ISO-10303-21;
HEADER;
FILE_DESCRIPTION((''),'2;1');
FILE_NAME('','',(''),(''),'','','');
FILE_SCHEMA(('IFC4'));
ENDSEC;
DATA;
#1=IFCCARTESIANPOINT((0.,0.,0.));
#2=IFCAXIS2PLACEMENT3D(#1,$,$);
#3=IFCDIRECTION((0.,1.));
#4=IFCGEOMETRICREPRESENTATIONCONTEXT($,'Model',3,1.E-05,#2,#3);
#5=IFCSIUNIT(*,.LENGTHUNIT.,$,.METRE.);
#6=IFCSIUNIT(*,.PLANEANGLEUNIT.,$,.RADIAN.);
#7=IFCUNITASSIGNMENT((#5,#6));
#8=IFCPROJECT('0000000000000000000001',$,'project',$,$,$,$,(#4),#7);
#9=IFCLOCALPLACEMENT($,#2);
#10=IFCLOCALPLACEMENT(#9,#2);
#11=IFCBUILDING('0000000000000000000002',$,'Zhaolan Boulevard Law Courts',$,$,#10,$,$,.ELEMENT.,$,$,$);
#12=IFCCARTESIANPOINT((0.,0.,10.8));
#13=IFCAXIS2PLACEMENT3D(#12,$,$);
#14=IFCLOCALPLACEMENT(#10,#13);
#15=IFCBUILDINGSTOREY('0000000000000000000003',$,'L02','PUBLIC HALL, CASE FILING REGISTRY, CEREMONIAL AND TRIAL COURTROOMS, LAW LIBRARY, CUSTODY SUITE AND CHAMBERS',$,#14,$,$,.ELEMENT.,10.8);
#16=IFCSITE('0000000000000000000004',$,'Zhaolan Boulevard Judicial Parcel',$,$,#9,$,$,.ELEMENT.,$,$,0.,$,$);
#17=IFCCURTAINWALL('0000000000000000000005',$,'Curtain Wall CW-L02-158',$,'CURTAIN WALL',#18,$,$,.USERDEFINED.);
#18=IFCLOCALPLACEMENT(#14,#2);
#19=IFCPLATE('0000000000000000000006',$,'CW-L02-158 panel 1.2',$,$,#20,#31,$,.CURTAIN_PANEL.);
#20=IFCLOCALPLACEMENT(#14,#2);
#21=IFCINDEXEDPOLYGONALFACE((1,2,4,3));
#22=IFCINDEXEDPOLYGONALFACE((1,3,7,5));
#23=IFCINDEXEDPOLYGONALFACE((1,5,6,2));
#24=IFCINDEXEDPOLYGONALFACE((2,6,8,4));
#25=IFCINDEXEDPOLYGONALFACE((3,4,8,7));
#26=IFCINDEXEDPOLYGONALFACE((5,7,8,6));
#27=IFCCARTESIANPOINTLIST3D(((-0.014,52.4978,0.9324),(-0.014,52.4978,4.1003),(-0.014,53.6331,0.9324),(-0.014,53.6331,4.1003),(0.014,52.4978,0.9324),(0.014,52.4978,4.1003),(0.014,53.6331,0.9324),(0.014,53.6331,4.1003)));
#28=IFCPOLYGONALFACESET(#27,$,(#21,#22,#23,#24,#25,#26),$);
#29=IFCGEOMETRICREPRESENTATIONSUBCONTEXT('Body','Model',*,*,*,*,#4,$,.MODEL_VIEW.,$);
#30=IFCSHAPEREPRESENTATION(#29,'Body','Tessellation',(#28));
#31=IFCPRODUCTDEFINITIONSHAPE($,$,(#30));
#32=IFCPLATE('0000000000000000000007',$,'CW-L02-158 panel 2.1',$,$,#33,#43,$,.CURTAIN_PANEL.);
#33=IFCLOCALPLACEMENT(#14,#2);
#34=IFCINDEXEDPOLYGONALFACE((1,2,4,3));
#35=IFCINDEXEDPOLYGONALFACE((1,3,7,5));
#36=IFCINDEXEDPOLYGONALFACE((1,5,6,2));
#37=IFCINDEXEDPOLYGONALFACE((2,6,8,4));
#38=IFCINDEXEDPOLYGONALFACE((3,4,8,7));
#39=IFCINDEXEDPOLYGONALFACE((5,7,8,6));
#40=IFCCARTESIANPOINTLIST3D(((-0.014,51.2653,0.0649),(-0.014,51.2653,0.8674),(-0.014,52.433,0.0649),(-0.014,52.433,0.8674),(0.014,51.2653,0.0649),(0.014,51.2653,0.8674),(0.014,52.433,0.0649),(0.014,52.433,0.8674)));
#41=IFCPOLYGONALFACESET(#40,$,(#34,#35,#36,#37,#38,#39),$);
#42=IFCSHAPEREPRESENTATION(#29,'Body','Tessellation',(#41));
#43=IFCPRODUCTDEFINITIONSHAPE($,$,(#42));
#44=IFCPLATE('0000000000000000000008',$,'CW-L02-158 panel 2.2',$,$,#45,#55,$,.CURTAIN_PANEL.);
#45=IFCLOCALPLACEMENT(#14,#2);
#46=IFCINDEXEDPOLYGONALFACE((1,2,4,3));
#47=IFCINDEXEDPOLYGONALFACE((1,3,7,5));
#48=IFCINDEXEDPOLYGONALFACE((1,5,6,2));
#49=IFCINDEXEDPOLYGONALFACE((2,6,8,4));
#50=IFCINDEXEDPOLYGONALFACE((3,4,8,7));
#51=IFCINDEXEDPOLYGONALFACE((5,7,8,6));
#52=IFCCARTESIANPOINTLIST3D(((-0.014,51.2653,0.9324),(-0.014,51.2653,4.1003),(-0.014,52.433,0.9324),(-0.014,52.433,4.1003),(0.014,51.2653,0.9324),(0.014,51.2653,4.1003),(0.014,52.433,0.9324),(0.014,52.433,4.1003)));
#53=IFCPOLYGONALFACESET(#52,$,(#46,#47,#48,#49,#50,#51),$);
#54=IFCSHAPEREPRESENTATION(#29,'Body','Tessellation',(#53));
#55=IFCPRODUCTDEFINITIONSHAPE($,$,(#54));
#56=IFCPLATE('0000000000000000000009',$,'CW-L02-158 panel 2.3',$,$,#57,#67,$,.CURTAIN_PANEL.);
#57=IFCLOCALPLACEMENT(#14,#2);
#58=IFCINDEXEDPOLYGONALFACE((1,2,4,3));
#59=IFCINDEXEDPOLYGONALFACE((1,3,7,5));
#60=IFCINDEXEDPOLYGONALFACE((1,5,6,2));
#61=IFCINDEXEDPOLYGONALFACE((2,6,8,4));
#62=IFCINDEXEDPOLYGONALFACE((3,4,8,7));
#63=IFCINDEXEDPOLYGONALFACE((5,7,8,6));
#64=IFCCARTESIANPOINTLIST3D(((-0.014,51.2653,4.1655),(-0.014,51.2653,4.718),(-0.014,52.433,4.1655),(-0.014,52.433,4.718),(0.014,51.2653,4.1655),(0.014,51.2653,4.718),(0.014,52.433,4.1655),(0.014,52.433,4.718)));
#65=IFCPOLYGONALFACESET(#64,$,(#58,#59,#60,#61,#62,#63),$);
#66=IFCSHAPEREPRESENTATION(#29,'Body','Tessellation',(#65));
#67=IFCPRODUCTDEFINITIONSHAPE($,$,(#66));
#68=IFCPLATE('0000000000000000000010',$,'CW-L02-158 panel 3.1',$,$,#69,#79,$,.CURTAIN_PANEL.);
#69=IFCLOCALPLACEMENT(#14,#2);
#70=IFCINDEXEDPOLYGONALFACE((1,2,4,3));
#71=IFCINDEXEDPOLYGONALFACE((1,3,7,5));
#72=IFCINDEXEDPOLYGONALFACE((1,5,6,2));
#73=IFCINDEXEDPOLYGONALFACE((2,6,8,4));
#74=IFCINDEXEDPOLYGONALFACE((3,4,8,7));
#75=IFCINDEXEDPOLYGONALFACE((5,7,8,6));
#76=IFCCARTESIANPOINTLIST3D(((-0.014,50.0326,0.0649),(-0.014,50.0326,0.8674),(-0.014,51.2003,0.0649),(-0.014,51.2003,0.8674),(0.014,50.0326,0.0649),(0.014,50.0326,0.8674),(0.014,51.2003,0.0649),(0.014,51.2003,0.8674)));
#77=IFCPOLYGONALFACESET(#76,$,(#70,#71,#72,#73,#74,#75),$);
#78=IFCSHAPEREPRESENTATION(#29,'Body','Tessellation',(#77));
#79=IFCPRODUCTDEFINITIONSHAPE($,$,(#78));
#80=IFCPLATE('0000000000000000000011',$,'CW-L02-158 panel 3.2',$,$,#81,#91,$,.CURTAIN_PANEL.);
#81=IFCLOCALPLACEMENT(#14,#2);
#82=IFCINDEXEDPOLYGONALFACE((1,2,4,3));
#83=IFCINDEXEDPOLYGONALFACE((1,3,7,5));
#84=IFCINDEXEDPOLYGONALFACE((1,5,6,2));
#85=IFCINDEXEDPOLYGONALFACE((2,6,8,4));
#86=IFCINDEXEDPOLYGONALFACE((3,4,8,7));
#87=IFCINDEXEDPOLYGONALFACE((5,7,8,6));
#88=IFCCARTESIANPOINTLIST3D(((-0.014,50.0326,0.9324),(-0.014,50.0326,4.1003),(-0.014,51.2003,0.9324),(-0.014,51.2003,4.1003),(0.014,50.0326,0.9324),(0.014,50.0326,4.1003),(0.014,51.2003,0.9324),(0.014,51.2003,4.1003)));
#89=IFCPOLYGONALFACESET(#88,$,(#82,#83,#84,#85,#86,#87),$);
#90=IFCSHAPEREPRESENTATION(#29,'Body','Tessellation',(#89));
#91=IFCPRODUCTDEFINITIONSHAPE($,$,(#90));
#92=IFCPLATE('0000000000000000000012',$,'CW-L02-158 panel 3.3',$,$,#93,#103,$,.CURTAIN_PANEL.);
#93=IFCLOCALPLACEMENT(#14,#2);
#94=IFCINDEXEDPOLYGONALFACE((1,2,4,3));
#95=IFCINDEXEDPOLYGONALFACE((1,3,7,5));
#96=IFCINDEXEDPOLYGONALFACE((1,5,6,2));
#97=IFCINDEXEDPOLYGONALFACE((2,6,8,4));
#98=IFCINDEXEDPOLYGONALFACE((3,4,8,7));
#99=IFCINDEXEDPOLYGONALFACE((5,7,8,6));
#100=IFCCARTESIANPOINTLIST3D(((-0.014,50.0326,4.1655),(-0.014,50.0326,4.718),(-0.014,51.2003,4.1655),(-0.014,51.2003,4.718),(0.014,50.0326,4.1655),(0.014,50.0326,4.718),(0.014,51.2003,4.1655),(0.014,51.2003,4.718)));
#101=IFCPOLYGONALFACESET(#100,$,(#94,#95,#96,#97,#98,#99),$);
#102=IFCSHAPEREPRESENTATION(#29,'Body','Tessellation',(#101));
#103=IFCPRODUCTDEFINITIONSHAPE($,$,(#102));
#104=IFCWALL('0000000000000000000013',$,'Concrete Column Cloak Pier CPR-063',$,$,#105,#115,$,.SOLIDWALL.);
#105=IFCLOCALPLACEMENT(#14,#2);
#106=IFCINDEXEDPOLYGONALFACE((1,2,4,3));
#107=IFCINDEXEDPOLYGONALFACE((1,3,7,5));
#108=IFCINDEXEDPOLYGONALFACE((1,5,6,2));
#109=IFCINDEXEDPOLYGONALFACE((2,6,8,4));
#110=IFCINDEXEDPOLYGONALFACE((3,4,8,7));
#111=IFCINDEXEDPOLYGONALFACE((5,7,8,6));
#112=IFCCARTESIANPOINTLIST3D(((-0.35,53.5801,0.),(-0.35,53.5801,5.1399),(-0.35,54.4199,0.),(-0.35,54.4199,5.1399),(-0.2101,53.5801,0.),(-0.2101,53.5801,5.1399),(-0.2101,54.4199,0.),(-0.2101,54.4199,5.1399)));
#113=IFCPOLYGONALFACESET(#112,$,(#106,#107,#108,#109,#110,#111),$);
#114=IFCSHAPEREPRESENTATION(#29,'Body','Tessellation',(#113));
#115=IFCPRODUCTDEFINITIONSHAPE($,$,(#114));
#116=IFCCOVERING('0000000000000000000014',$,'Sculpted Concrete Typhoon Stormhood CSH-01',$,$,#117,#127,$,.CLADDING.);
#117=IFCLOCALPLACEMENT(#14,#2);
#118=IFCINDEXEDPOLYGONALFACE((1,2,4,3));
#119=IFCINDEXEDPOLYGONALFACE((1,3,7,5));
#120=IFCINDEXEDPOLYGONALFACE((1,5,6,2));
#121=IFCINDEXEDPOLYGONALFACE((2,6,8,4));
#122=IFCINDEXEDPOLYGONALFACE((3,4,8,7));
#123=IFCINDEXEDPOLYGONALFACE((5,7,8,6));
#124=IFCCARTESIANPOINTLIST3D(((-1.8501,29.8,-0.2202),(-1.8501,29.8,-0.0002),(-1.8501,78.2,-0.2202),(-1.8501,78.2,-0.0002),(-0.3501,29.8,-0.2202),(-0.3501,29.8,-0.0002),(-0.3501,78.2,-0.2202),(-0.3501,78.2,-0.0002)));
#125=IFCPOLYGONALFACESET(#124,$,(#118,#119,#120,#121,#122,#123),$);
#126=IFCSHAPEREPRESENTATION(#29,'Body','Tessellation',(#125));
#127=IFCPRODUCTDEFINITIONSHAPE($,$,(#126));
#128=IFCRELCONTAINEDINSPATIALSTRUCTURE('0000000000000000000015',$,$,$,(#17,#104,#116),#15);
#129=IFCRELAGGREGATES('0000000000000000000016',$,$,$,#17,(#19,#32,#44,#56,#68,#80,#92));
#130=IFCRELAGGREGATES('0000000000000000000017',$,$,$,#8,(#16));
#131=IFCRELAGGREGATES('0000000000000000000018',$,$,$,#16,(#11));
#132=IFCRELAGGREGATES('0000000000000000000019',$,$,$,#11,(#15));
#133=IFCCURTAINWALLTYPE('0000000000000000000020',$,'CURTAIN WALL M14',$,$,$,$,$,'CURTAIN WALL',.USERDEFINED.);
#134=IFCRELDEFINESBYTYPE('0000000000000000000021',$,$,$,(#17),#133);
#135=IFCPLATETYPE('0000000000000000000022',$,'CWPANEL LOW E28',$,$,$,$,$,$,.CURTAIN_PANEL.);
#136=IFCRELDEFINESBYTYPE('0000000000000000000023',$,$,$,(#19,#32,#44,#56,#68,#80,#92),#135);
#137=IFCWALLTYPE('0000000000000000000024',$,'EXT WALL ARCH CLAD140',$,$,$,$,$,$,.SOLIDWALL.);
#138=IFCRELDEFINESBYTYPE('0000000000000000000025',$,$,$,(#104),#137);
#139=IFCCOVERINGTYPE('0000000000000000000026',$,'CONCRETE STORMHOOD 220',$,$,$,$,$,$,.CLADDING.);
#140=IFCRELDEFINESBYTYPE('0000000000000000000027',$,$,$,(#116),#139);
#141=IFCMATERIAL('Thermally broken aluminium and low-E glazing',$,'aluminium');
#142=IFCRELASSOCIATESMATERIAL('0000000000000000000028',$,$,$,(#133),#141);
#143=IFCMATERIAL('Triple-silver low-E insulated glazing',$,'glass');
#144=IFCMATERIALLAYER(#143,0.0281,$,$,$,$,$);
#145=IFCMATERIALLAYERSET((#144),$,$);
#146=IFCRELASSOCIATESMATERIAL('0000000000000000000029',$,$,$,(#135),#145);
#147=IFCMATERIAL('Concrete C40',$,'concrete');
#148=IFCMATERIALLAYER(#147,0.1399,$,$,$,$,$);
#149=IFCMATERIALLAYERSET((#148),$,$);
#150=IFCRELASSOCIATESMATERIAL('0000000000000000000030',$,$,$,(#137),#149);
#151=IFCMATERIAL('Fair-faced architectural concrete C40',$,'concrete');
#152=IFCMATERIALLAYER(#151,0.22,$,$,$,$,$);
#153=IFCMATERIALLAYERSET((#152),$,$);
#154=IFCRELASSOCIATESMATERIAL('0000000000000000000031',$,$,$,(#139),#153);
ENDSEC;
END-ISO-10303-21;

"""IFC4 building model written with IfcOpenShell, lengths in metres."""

from ifc_helpers import new_model, si_unit, direction, frame, frame_2d, origin, origin_2d, place, context, subcontext, project, spatial, rectangle, extrude, material, layer, layer_set, type_object, element, aggregate, save


model = new_model("IFC4")

# Units and contexts
model_context = context("Model", 3, precision=1e-05, world=origin(), true_north=direction((0.0, 1.0)))
body_context = subcontext(model_context, "Body", "Model", "MODEL_VIEW")
ifc_project = project(units=[si_unit("LENGTHUNIT", "METRE"), si_unit("PLANEANGLEUNIT", "RADIAN")], contexts=[model_context])

# Site, building, storey
site_placement = place(None, origin())
site = spatial("IfcSite", under=ifc_project, at=site_placement, Name="Zhaolan Boulevard Judicial Parcel", CompositionType="ELEMENT", RefElevation=0.0)
building_placement = place(site_placement, origin())
building = spatial("IfcBuilding", under=site, at=building_placement, Name="Zhaolan Boulevard Law Courts", CompositionType="ELEMENT")
storey_placement = place(building_placement, frame((0.0, 0.0, 10.8)))
storey = spatial("IfcBuildingStorey", under=building, at=storey_placement, Name="L02", Description="PUBLIC HALL, CASE FILING REGISTRY, CEREMONIAL AND TRIAL COURTROOMS, LAW LIBRARY, CUSTODY SUITE AND CHAMBERS", CompositionType="ELEMENT", Elevation=10.8)

# Curtain wall, plates
ifc_material_1 = material(Name="Thermally broken aluminium and low-E glazing", Category="aluminium")
curtain_wall_type = type_object("IfcCurtainWallType", Name="CURTAIN WALL M14", ElementType="CURTAIN WALL", PredefinedType="USERDEFINED", material=ifc_material_1)
curtain_wall_placement = place(storey_placement, origin())
curtain_wall = element("IfcCurtainWall", 1, at=curtain_wall_placement, inside=storey, type_object=curtain_wall_type, Name="Curtain Wall CW-L02-158", ObjectType="CURTAIN WALL", PredefinedType="USERDEFINED")
ifc_material_2 = material(Name="Triple-silver low-E insulated glazing", Category="glass")
ifc_layer_1 = layer(ifc_material_2, 0.0281)
ifc_layer_set_1 = layer_set([ifc_layer_1])
plate_type = type_object("IfcPlateType", Name="CWPANEL LOW E28", PredefinedType="CURTAIN_PANEL", material=ifc_layer_set_1)
plate_1_placement = place(storey_placement, frame((0.0, 53.0654, 0.9324), z_axis=(0.0, 0.0, 1.0), x_axis=(0.0, -1.0, 0.0)))
plate_1 = element("IfcPlate", 2, at=plate_1_placement, type_object=plate_type, Name="CW-L02-158 panel 1.2", PredefinedType="CURTAIN_PANEL", context=body_context, shape_type="SweptSolid", body=[
    extrude(rectangle(XDim=1.1353, YDim=0.0281, at=origin_2d()), origin(), (0.0, 0.0, 1.0), 3.168),
])
plate_2_placement = place(storey_placement, frame((0.0, 51.8491, 0.0649), z_axis=(0.0, 0.0, 1.0), x_axis=(0.0, -1.0, 0.0)))
plate_2 = element("IfcPlate", 3, at=plate_2_placement, type_object=plate_type, Name="CW-L02-158 panel 2.1", PredefinedType="CURTAIN_PANEL", context=body_context, shape_type="SweptSolid", body=[
    extrude(rectangle(XDim=1.1677, YDim=0.0281, at=origin_2d()), origin(), (0.0, 0.0, 1.0), 0.8025),
])
plate_3_placement = place(storey_placement, frame((0.0, 51.8491, 0.9324), z_axis=(0.0, 0.0, 1.0), x_axis=(0.0, -1.0, 0.0)))
plate_3 = element("IfcPlate", 4, at=plate_3_placement, type_object=plate_type, Name="CW-L02-158 panel 2.2", PredefinedType="CURTAIN_PANEL", context=body_context, shape_type="SweptSolid", body=[
    extrude(rectangle(XDim=1.1677, YDim=0.0281, at=origin_2d()), origin(), (0.0, 0.0, 1.0), 3.168),
])
plate_4_placement = place(storey_placement, frame((0.0, 51.8491, 4.1655), z_axis=(0.0, 0.0, 1.0), x_axis=(0.0, -1.0, 0.0)))
plate_4 = element("IfcPlate", 5, at=plate_4_placement, type_object=plate_type, Name="CW-L02-158 panel 2.3", PredefinedType="CURTAIN_PANEL", context=body_context, shape_type="SweptSolid", body=[
    extrude(rectangle(XDim=1.1677, YDim=0.0281, at=origin_2d()), origin(), (0.0, 0.0, 1.0), 0.5525),
])
plate_5_placement = place(storey_placement, frame((0.0, 50.6165, 0.0649), z_axis=(0.0, 0.0, 1.0), x_axis=(0.0, -1.0, 0.0)))
plate_5 = element("IfcPlate", 6, at=plate_5_placement, type_object=plate_type, Name="CW-L02-158 panel 3.1", PredefinedType="CURTAIN_PANEL", context=body_context, shape_type="SweptSolid", body=[
    extrude(rectangle(XDim=1.1677, YDim=0.0281, at=origin_2d()), origin(), (0.0, 0.0, 1.0), 0.8025),
])
plate_6_placement = place(storey_placement, frame((0.0, 50.6165, 0.9324), z_axis=(0.0, 0.0, 1.0), x_axis=(0.0, -1.0, 0.0)))
plate_6 = element("IfcPlate", 7, at=plate_6_placement, type_object=plate_type, Name="CW-L02-158 panel 3.2", PredefinedType="CURTAIN_PANEL", context=body_context, shape_type="SweptSolid", body=[
    extrude(rectangle(XDim=1.1677, YDim=0.0281, at=origin_2d()), origin(), (0.0, 0.0, 1.0), 3.168),
])
plate_7_placement = place(storey_placement, frame((0.0, 50.6165, 4.1655), z_axis=(0.0, 0.0, 1.0), x_axis=(0.0, -1.0, 0.0)))
plate_7 = element("IfcPlate", 8, at=plate_7_placement, type_object=plate_type, Name="CW-L02-158 panel 3.3", PredefinedType="CURTAIN_PANEL", context=body_context, shape_type="SweptSolid", body=[
    extrude(rectangle(XDim=1.1677, YDim=0.0281, at=origin_2d()), origin(), (0.0, 0.0, 1.0), 0.5525),
])
aggregate(curtain_wall, [plate_1, plate_2, plate_3, plate_4, plate_5, plate_6, plate_7])

# Wall
ifc_material_3 = material(Name="Concrete C40", Category="concrete")
ifc_layer_2 = layer(ifc_material_3, 0.1399)
ifc_layer_set_2 = layer_set([ifc_layer_2])
wall_type = type_object("IfcWallType", Name="EXT WALL ARCH CLAD140", PredefinedType="SOLIDWALL", material=ifc_layer_set_2)
wall_placement = place(storey_placement, frame((-0.28, 53.5801, 0.0), z_axis=(0.0, 0.0, 1.0), x_axis=(0.0, 1.0, 0.0)))
element("IfcWall", 9, at=wall_placement, inside=storey, type_object=wall_type, Name="Concrete Column Cloak Pier CPR-063", PredefinedType="SOLIDWALL", context=body_context, shape_type="SweptSolid", body=[
    extrude(rectangle(XDim=0.8398, YDim=0.1399, at=frame_2d((0.4199, 0.0))), origin(), (0.0, 0.0, 1.0), 5.1399),
])

# Covering
ifc_material_4 = material(Name="Fair-faced architectural concrete C40", Category="concrete")
ifc_layer_3 = layer(ifc_material_4, 0.22)
ifc_layer_set_3 = layer_set([ifc_layer_3])
covering_type = type_object("IfcCoveringType", Name="CONCRETE STORMHOOD 220", PredefinedType="CLADDING", material=ifc_layer_set_3)
covering_placement = place(storey_placement, frame((-1.1001, 54.0, -0.2202), z_axis=(0.0, 0.0, 1.0), x_axis=(1.0, 0.0, 0.0)))
element("IfcCovering", 10, at=covering_placement, inside=storey, type_object=covering_type, Name="Sculpted Concrete Typhoon Stormhood CSH-01", PredefinedType="CLADDING", context=body_context, shape_type="SweptSolid", body=[
    extrude(rectangle(XDim=1.5, YDim=48.3999, at=origin_2d()), origin(), (0.0, 0.0, 1.0), 0.22),
])

save(model, "model.ifc")
